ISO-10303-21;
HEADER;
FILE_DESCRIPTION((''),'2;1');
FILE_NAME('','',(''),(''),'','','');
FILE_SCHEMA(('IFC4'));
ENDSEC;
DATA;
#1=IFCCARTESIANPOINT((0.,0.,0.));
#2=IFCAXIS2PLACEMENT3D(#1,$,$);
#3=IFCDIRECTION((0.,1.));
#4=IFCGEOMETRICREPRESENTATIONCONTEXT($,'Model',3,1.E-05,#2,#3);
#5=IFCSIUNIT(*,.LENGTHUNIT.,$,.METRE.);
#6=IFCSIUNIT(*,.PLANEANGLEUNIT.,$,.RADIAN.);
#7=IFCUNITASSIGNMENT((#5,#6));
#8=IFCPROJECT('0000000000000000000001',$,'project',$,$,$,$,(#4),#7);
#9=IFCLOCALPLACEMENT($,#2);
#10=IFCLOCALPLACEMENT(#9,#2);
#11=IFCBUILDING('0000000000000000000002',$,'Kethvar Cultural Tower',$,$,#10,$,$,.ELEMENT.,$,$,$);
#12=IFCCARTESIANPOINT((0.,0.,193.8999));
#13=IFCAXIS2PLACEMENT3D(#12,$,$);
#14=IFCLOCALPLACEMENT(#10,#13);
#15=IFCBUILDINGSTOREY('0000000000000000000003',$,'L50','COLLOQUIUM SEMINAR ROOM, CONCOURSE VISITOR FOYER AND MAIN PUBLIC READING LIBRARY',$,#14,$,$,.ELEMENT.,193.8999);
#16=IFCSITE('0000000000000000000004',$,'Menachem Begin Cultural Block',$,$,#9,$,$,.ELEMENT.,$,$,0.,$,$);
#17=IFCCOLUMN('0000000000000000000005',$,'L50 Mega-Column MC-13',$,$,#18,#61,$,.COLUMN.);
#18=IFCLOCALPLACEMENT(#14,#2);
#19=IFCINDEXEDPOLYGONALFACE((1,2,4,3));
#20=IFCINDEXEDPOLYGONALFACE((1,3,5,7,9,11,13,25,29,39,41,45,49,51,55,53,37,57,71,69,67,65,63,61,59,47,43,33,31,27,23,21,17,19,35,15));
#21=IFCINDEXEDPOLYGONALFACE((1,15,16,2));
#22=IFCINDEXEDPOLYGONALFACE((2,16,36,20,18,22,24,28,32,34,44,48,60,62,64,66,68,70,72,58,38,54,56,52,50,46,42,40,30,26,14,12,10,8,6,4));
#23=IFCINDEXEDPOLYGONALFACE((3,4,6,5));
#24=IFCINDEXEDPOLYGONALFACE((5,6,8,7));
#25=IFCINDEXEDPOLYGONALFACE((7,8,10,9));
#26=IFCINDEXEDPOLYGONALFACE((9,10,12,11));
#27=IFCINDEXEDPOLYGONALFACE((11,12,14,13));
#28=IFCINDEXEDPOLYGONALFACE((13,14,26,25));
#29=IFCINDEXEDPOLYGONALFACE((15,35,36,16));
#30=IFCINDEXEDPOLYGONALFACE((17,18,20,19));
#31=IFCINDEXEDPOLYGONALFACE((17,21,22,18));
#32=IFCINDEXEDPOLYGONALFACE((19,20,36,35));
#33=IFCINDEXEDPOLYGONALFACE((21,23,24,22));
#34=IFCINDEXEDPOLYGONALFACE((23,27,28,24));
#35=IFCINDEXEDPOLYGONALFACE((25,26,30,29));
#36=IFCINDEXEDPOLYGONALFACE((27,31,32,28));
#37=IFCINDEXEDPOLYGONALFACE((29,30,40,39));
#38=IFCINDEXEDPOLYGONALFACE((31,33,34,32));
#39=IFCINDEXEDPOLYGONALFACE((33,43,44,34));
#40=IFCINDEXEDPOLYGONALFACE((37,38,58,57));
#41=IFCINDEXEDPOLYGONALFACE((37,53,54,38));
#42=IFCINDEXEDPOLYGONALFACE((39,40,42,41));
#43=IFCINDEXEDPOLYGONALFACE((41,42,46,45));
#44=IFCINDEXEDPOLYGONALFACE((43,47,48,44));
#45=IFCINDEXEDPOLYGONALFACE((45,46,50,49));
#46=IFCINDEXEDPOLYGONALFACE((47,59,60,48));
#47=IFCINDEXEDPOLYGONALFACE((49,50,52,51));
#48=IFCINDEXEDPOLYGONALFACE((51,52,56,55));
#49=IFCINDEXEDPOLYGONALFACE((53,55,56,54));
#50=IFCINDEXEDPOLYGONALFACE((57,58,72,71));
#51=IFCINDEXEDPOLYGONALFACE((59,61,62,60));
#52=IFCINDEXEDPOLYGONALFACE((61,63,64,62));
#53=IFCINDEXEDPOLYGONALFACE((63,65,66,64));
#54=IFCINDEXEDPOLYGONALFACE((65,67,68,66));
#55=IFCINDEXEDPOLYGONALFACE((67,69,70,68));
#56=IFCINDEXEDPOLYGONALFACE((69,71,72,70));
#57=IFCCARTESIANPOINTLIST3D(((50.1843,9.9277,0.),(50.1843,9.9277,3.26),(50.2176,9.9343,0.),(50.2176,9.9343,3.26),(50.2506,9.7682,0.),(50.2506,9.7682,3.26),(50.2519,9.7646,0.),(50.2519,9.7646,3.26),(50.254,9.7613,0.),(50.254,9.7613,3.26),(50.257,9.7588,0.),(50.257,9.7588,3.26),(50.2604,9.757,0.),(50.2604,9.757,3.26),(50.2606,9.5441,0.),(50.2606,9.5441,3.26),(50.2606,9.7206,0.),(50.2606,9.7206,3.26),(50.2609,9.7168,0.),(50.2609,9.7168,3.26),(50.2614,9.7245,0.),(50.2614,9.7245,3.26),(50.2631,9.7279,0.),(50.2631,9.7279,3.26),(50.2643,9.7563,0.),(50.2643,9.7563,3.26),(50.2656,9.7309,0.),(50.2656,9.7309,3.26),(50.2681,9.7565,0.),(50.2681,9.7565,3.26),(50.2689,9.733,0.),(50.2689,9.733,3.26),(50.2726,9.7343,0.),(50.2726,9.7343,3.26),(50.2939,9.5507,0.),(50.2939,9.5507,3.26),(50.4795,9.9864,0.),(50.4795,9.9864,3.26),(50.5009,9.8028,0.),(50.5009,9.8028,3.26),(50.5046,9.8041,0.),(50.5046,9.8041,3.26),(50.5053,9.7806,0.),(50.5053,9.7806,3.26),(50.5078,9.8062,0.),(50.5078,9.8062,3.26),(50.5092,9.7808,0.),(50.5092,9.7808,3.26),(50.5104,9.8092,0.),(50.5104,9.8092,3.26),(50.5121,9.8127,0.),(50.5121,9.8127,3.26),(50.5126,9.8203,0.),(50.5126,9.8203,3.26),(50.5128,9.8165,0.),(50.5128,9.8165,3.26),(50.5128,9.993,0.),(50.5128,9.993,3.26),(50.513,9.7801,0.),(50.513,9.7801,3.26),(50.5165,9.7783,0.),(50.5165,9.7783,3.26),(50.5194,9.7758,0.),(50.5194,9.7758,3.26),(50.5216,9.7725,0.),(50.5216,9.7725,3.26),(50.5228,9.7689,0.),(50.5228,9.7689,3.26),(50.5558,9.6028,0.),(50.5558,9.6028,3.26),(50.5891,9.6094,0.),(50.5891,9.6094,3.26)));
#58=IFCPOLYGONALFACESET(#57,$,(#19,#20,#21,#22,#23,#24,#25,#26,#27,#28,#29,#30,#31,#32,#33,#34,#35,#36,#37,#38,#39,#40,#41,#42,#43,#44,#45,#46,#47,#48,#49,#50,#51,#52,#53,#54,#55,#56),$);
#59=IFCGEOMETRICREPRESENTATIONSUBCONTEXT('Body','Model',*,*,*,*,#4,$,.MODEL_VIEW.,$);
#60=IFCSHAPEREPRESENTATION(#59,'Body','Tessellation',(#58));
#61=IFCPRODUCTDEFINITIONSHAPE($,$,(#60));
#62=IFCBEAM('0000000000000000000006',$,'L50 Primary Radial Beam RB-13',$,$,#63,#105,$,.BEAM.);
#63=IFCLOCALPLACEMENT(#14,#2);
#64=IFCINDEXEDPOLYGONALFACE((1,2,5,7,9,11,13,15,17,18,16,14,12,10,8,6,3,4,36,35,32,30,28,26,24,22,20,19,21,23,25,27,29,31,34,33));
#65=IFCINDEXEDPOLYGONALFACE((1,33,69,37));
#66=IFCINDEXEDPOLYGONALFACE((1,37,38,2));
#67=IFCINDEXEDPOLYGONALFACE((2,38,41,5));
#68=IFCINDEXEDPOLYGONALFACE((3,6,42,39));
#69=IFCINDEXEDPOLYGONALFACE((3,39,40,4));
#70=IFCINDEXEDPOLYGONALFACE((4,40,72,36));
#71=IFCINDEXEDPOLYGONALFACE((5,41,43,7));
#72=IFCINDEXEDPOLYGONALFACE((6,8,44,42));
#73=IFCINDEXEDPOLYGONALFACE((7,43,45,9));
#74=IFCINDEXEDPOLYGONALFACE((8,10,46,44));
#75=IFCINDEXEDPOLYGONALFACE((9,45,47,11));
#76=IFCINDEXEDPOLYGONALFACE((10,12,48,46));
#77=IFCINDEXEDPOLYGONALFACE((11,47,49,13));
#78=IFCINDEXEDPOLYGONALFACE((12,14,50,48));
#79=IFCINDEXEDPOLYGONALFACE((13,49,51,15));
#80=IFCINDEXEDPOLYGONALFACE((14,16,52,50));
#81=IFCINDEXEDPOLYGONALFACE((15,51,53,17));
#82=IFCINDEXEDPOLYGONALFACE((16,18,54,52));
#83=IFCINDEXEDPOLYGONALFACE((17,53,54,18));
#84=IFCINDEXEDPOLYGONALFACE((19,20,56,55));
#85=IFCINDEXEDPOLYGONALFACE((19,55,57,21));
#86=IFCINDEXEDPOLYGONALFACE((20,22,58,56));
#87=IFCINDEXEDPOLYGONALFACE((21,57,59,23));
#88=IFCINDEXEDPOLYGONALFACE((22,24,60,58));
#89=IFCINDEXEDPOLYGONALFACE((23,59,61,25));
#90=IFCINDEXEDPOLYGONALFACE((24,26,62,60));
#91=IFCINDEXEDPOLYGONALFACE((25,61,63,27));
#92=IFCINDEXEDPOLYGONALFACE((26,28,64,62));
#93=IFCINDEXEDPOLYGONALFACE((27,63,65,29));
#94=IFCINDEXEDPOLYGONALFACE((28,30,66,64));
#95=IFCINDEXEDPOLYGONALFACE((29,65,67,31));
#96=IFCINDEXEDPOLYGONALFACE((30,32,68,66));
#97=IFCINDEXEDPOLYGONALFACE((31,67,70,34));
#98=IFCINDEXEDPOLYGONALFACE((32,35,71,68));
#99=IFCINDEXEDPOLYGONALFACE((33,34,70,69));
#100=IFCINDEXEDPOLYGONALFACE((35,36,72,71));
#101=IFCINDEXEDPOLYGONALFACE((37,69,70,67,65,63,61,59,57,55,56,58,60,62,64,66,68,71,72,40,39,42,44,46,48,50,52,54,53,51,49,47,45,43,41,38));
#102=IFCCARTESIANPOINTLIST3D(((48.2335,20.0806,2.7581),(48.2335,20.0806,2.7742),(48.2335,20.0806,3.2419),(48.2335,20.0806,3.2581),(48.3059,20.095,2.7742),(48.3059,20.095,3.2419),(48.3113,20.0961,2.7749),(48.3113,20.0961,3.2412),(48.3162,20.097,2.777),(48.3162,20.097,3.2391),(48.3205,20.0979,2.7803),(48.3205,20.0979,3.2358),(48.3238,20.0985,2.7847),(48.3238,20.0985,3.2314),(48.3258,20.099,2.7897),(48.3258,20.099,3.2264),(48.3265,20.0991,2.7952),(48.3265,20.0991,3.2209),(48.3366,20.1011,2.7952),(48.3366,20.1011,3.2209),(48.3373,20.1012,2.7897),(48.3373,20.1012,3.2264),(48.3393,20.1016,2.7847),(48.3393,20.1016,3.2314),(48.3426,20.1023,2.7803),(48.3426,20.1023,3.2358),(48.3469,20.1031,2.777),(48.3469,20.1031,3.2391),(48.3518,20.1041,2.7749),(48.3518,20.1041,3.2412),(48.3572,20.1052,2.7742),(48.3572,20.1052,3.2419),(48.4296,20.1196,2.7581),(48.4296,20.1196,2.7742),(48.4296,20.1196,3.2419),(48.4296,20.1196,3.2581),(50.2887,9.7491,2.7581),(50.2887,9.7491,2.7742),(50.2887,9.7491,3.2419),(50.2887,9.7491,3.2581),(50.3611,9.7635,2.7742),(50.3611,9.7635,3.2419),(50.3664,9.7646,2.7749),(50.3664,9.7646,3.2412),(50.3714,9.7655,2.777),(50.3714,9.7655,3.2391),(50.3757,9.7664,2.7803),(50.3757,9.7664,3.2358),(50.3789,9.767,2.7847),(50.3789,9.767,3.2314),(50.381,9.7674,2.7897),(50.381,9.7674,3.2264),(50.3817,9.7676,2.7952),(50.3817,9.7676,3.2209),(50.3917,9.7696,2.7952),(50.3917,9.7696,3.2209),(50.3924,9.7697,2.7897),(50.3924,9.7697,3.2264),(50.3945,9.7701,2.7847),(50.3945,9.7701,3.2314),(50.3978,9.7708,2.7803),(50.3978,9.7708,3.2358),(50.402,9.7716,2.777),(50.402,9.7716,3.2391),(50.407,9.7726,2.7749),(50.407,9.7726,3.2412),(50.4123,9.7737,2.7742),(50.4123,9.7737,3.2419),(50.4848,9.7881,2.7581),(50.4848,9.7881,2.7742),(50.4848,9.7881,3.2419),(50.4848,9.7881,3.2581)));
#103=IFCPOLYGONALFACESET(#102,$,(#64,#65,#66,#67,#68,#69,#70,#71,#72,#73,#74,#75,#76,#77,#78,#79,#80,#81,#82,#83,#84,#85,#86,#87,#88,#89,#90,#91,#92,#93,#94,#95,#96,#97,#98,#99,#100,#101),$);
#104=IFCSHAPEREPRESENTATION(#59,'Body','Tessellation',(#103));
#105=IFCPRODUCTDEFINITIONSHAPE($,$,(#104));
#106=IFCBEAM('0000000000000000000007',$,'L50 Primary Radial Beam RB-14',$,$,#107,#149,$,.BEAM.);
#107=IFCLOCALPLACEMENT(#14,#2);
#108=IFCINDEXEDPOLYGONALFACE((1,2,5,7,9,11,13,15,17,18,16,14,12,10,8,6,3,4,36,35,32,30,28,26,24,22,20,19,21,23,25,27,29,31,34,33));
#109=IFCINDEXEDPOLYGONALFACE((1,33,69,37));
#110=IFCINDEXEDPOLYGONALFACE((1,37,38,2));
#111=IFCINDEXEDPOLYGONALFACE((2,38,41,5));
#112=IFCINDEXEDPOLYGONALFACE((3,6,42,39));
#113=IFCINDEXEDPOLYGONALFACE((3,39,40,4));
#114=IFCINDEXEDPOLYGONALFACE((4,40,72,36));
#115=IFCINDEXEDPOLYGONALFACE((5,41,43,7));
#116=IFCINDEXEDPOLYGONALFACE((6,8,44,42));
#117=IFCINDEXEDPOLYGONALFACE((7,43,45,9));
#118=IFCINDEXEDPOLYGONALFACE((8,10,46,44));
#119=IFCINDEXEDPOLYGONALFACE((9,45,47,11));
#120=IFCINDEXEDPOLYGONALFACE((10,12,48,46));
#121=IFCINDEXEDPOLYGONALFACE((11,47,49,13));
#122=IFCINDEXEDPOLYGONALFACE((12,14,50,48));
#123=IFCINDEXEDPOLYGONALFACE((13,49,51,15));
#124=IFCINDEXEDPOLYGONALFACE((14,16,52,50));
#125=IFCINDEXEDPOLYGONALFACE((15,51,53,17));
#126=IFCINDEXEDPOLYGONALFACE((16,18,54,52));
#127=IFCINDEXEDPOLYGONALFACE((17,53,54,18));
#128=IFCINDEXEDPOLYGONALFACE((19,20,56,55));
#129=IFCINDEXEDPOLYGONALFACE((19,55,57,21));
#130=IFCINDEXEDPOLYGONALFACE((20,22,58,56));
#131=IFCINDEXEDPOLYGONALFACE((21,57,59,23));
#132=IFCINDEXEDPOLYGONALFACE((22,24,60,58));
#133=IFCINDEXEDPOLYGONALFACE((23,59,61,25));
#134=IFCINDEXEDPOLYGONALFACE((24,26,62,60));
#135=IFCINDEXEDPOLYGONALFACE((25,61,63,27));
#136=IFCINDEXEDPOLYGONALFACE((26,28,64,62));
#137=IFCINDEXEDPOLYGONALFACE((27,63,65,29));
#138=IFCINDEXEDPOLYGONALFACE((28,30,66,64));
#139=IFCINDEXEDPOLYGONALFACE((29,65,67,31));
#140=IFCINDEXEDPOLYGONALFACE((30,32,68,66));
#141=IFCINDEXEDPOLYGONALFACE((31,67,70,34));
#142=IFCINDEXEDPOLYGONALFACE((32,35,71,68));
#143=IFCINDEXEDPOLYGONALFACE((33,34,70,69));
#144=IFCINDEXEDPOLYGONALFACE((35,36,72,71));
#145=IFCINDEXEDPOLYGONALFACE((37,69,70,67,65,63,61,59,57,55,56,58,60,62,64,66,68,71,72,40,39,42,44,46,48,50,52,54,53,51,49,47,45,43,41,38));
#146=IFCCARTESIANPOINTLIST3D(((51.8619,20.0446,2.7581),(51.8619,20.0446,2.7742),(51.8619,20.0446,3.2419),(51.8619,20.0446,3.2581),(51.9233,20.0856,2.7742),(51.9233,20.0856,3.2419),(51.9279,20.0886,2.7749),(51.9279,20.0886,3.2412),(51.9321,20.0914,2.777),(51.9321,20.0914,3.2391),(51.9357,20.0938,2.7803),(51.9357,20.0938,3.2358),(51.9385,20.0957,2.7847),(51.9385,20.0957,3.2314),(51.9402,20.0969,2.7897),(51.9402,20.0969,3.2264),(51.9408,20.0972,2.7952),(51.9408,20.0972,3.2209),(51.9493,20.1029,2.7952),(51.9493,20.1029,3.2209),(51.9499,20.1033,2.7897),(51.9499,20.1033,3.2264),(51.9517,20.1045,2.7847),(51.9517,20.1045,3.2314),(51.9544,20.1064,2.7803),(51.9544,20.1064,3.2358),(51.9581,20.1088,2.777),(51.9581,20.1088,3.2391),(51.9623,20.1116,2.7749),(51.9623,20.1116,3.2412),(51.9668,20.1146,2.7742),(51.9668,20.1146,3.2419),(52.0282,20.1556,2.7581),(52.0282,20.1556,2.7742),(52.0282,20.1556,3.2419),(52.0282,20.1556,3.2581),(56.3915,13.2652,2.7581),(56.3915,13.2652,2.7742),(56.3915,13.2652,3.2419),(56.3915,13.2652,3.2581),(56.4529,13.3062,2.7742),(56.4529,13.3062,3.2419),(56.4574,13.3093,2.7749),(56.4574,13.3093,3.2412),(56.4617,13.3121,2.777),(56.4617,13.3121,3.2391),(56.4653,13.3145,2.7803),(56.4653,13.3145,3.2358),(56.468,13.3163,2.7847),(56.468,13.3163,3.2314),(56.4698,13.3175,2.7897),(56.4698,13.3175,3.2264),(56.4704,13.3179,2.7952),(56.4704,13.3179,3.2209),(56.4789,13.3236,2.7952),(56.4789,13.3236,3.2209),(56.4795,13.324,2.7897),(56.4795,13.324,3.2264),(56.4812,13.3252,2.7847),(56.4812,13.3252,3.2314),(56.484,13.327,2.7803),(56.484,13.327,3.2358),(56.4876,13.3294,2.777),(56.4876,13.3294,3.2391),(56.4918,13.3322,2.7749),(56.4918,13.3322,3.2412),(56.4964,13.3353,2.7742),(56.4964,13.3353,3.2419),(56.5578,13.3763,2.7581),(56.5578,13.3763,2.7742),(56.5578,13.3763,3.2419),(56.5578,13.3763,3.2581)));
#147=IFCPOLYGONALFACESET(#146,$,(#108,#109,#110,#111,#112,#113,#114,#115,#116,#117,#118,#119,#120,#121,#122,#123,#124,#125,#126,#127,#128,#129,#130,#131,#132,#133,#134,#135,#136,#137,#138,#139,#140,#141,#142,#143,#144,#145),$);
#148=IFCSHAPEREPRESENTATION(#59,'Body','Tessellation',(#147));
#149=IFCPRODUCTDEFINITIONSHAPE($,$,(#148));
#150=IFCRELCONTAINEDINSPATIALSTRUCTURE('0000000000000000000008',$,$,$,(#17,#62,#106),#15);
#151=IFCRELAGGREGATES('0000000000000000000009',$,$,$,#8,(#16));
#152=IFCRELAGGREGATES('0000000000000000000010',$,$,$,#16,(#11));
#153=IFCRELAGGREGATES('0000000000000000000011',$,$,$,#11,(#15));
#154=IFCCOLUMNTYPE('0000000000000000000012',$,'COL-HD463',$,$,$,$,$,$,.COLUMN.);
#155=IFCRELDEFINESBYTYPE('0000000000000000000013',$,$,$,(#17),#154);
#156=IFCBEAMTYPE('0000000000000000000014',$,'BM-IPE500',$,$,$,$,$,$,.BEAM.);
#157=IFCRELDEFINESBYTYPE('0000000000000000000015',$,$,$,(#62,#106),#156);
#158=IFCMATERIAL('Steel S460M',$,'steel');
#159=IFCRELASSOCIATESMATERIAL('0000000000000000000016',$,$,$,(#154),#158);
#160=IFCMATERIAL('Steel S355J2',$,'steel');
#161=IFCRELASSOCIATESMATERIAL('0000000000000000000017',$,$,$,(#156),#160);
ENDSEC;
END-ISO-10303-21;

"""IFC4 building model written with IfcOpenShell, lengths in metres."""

from ifc_helpers import new_model, si_unit, direction, frame, origin, origin_2d, place, context, subcontext, project, spatial, i_section, extrude, source, transform, mapped, material, material_profile, profile_set, type_object, element, save


model = new_model("IFC4")

# Units and contexts
model_context = context("Model", 3, precision=1e-05, world=origin(), true_north=direction((0.0, 1.0)))
body_context = subcontext(model_context, "Body", "Model", "MODEL_VIEW")
ifc_project = project(units=[si_unit("LENGTHUNIT", "METRE"), si_unit("PLANEANGLEUNIT", "RADIAN")], contexts=[model_context])

# Site, building, storey
site_placement = place(None, origin())
site = spatial("IfcSite", under=ifc_project, at=site_placement, Name="Menachem Begin Cultural Block", CompositionType="ELEMENT", RefElevation=0.0)
building_placement = place(site_placement, origin())
building = spatial("IfcBuilding", under=site, at=building_placement, Name="Kethvar Cultural Tower", CompositionType="ELEMENT")
storey_placement = place(building_placement, frame((0.0, 0.0, 193.8999)))
storey = spatial("IfcBuildingStorey", under=building, at=storey_placement, Name="L50", Description="COLLOQUIUM SEMINAR ROOM, CONCOURSE VISITOR FOYER AND MAIN PUBLIC READING LIBRARY", CompositionType="ELEMENT", Elevation=193.8999)

# Column
ifc_material_1 = material(Name="Steel S460M", Category="steel")
ifc_material_profile_1 = material_profile(ifc_material_1, i_section(OverallWidth=0.3911, OverallDepth=0.335, WebThickness=0.0227, FlangeThickness=0.0339, FilletRadius=0.0149, at=origin_2d()), Name="Steel S460M — HD400x463")
ifc_profile_set_1 = profile_set([ifc_material_profile_1], Name="Steel S460M — HD400x463")
column_type = type_object("IfcColumnType", Name="COL-HD463", PredefinedType="COLUMN", material=ifc_profile_set_1)
shared_shape_1 = source(origin(), body_context, "Body", "SweptSolid", [
    extrude(i_section(OverallWidth=0.3911, OverallDepth=0.335, WebThickness=0.0227, FlangeThickness=0.0339, FilletRadius=0.0149, at=origin_2d()), origin(), (0.0, 0.0, 1.0), 3.26),
])
column_placement = place(storey_placement, frame((50.3867, 9.7686, 0.0), z_axis=(0.0, 0.0, 1.0), x_axis=(0.19509, -0.980785, 0.0)))
element("IfcColumn", 1, at=column_placement, inside=storey, type_object=column_type, Name="L50 Mega-Column MC-13", PredefinedType="COLUMN", context=body_context, shape_type="MappedRepresentation", body=[
    mapped(shared_shape_1, transform((0.0, 0.0, 0.0), scale=1.0)),
])

# Beams
ifc_material_2 = material(Name="Steel S355J2", Category="steel")
ifc_material_profile_2 = material_profile(ifc_material_2, i_section(OverallWidth=0.2, OverallDepth=0.5, WebThickness=0.0103, FlangeThickness=0.0161, FilletRadius=0.021, at=origin_2d()), Name="Steel S355J2 — IPE500")
ifc_profile_set_2 = profile_set([ifc_material_profile_2], Name="Steel S355J2 — IPE500")
beam_type_1 = type_object("IfcBeamType", Name="BM-IPE500", PredefinedType="BEAM", material=ifc_profile_set_2)
shared_shape_2 = source(origin(), body_context, "Body", "SweptSolid", [
    extrude(i_section(OverallWidth=0.2, OverallDepth=0.5, WebThickness=0.0103, FlangeThickness=0.0161, FilletRadius=0.021, at=origin_2d()), origin(), (0.0, 0.0, 1.0), 10.5339),
])
beam_1_placement = place(storey_placement, frame((48.3315, 20.1001, 3.0081), z_axis=(0.1951, -0.980783, 0.0), x_axis=(0.980783, 0.1951, 0.0)))
element("IfcBeam", 2, at=beam_1_placement, inside=storey, type_object=beam_type_1, Name="L50 Primary Radial Beam RB-13", PredefinedType="BEAM", context=body_context, shape_type="MappedRepresentation", body=[
    mapped(shared_shape_2, transform((0.0, 0.0, 0.0), scale=1.0)),
])
shared_shape_3 = source(origin(), body_context, "Body", "SweptSolid", [
    extrude(i_section(OverallWidth=0.2, OverallDepth=0.5, WebThickness=0.0103, FlangeThickness=0.0161, FilletRadius=0.021, at=origin_2d()), origin(), (0.0, 0.0, 1.0), 8.1533),
])
beam_2_placement = place(storey_placement, frame((51.9451, 20.1001, 3.0081), z_axis=(0.55555, -0.831483, 0.0), x_axis=(0.831483, 0.55555, 0.0)))
element("IfcBeam", 3, at=beam_2_placement, inside=storey, type_object=beam_type_1, Name="L50 Primary Radial Beam RB-14", PredefinedType="BEAM", context=body_context, shape_type="MappedRepresentation", body=[
    mapped(shared_shape_3, transform((0.0, 0.0, 0.0), scale=1.0)),
])

save(model, "model.ifc")
